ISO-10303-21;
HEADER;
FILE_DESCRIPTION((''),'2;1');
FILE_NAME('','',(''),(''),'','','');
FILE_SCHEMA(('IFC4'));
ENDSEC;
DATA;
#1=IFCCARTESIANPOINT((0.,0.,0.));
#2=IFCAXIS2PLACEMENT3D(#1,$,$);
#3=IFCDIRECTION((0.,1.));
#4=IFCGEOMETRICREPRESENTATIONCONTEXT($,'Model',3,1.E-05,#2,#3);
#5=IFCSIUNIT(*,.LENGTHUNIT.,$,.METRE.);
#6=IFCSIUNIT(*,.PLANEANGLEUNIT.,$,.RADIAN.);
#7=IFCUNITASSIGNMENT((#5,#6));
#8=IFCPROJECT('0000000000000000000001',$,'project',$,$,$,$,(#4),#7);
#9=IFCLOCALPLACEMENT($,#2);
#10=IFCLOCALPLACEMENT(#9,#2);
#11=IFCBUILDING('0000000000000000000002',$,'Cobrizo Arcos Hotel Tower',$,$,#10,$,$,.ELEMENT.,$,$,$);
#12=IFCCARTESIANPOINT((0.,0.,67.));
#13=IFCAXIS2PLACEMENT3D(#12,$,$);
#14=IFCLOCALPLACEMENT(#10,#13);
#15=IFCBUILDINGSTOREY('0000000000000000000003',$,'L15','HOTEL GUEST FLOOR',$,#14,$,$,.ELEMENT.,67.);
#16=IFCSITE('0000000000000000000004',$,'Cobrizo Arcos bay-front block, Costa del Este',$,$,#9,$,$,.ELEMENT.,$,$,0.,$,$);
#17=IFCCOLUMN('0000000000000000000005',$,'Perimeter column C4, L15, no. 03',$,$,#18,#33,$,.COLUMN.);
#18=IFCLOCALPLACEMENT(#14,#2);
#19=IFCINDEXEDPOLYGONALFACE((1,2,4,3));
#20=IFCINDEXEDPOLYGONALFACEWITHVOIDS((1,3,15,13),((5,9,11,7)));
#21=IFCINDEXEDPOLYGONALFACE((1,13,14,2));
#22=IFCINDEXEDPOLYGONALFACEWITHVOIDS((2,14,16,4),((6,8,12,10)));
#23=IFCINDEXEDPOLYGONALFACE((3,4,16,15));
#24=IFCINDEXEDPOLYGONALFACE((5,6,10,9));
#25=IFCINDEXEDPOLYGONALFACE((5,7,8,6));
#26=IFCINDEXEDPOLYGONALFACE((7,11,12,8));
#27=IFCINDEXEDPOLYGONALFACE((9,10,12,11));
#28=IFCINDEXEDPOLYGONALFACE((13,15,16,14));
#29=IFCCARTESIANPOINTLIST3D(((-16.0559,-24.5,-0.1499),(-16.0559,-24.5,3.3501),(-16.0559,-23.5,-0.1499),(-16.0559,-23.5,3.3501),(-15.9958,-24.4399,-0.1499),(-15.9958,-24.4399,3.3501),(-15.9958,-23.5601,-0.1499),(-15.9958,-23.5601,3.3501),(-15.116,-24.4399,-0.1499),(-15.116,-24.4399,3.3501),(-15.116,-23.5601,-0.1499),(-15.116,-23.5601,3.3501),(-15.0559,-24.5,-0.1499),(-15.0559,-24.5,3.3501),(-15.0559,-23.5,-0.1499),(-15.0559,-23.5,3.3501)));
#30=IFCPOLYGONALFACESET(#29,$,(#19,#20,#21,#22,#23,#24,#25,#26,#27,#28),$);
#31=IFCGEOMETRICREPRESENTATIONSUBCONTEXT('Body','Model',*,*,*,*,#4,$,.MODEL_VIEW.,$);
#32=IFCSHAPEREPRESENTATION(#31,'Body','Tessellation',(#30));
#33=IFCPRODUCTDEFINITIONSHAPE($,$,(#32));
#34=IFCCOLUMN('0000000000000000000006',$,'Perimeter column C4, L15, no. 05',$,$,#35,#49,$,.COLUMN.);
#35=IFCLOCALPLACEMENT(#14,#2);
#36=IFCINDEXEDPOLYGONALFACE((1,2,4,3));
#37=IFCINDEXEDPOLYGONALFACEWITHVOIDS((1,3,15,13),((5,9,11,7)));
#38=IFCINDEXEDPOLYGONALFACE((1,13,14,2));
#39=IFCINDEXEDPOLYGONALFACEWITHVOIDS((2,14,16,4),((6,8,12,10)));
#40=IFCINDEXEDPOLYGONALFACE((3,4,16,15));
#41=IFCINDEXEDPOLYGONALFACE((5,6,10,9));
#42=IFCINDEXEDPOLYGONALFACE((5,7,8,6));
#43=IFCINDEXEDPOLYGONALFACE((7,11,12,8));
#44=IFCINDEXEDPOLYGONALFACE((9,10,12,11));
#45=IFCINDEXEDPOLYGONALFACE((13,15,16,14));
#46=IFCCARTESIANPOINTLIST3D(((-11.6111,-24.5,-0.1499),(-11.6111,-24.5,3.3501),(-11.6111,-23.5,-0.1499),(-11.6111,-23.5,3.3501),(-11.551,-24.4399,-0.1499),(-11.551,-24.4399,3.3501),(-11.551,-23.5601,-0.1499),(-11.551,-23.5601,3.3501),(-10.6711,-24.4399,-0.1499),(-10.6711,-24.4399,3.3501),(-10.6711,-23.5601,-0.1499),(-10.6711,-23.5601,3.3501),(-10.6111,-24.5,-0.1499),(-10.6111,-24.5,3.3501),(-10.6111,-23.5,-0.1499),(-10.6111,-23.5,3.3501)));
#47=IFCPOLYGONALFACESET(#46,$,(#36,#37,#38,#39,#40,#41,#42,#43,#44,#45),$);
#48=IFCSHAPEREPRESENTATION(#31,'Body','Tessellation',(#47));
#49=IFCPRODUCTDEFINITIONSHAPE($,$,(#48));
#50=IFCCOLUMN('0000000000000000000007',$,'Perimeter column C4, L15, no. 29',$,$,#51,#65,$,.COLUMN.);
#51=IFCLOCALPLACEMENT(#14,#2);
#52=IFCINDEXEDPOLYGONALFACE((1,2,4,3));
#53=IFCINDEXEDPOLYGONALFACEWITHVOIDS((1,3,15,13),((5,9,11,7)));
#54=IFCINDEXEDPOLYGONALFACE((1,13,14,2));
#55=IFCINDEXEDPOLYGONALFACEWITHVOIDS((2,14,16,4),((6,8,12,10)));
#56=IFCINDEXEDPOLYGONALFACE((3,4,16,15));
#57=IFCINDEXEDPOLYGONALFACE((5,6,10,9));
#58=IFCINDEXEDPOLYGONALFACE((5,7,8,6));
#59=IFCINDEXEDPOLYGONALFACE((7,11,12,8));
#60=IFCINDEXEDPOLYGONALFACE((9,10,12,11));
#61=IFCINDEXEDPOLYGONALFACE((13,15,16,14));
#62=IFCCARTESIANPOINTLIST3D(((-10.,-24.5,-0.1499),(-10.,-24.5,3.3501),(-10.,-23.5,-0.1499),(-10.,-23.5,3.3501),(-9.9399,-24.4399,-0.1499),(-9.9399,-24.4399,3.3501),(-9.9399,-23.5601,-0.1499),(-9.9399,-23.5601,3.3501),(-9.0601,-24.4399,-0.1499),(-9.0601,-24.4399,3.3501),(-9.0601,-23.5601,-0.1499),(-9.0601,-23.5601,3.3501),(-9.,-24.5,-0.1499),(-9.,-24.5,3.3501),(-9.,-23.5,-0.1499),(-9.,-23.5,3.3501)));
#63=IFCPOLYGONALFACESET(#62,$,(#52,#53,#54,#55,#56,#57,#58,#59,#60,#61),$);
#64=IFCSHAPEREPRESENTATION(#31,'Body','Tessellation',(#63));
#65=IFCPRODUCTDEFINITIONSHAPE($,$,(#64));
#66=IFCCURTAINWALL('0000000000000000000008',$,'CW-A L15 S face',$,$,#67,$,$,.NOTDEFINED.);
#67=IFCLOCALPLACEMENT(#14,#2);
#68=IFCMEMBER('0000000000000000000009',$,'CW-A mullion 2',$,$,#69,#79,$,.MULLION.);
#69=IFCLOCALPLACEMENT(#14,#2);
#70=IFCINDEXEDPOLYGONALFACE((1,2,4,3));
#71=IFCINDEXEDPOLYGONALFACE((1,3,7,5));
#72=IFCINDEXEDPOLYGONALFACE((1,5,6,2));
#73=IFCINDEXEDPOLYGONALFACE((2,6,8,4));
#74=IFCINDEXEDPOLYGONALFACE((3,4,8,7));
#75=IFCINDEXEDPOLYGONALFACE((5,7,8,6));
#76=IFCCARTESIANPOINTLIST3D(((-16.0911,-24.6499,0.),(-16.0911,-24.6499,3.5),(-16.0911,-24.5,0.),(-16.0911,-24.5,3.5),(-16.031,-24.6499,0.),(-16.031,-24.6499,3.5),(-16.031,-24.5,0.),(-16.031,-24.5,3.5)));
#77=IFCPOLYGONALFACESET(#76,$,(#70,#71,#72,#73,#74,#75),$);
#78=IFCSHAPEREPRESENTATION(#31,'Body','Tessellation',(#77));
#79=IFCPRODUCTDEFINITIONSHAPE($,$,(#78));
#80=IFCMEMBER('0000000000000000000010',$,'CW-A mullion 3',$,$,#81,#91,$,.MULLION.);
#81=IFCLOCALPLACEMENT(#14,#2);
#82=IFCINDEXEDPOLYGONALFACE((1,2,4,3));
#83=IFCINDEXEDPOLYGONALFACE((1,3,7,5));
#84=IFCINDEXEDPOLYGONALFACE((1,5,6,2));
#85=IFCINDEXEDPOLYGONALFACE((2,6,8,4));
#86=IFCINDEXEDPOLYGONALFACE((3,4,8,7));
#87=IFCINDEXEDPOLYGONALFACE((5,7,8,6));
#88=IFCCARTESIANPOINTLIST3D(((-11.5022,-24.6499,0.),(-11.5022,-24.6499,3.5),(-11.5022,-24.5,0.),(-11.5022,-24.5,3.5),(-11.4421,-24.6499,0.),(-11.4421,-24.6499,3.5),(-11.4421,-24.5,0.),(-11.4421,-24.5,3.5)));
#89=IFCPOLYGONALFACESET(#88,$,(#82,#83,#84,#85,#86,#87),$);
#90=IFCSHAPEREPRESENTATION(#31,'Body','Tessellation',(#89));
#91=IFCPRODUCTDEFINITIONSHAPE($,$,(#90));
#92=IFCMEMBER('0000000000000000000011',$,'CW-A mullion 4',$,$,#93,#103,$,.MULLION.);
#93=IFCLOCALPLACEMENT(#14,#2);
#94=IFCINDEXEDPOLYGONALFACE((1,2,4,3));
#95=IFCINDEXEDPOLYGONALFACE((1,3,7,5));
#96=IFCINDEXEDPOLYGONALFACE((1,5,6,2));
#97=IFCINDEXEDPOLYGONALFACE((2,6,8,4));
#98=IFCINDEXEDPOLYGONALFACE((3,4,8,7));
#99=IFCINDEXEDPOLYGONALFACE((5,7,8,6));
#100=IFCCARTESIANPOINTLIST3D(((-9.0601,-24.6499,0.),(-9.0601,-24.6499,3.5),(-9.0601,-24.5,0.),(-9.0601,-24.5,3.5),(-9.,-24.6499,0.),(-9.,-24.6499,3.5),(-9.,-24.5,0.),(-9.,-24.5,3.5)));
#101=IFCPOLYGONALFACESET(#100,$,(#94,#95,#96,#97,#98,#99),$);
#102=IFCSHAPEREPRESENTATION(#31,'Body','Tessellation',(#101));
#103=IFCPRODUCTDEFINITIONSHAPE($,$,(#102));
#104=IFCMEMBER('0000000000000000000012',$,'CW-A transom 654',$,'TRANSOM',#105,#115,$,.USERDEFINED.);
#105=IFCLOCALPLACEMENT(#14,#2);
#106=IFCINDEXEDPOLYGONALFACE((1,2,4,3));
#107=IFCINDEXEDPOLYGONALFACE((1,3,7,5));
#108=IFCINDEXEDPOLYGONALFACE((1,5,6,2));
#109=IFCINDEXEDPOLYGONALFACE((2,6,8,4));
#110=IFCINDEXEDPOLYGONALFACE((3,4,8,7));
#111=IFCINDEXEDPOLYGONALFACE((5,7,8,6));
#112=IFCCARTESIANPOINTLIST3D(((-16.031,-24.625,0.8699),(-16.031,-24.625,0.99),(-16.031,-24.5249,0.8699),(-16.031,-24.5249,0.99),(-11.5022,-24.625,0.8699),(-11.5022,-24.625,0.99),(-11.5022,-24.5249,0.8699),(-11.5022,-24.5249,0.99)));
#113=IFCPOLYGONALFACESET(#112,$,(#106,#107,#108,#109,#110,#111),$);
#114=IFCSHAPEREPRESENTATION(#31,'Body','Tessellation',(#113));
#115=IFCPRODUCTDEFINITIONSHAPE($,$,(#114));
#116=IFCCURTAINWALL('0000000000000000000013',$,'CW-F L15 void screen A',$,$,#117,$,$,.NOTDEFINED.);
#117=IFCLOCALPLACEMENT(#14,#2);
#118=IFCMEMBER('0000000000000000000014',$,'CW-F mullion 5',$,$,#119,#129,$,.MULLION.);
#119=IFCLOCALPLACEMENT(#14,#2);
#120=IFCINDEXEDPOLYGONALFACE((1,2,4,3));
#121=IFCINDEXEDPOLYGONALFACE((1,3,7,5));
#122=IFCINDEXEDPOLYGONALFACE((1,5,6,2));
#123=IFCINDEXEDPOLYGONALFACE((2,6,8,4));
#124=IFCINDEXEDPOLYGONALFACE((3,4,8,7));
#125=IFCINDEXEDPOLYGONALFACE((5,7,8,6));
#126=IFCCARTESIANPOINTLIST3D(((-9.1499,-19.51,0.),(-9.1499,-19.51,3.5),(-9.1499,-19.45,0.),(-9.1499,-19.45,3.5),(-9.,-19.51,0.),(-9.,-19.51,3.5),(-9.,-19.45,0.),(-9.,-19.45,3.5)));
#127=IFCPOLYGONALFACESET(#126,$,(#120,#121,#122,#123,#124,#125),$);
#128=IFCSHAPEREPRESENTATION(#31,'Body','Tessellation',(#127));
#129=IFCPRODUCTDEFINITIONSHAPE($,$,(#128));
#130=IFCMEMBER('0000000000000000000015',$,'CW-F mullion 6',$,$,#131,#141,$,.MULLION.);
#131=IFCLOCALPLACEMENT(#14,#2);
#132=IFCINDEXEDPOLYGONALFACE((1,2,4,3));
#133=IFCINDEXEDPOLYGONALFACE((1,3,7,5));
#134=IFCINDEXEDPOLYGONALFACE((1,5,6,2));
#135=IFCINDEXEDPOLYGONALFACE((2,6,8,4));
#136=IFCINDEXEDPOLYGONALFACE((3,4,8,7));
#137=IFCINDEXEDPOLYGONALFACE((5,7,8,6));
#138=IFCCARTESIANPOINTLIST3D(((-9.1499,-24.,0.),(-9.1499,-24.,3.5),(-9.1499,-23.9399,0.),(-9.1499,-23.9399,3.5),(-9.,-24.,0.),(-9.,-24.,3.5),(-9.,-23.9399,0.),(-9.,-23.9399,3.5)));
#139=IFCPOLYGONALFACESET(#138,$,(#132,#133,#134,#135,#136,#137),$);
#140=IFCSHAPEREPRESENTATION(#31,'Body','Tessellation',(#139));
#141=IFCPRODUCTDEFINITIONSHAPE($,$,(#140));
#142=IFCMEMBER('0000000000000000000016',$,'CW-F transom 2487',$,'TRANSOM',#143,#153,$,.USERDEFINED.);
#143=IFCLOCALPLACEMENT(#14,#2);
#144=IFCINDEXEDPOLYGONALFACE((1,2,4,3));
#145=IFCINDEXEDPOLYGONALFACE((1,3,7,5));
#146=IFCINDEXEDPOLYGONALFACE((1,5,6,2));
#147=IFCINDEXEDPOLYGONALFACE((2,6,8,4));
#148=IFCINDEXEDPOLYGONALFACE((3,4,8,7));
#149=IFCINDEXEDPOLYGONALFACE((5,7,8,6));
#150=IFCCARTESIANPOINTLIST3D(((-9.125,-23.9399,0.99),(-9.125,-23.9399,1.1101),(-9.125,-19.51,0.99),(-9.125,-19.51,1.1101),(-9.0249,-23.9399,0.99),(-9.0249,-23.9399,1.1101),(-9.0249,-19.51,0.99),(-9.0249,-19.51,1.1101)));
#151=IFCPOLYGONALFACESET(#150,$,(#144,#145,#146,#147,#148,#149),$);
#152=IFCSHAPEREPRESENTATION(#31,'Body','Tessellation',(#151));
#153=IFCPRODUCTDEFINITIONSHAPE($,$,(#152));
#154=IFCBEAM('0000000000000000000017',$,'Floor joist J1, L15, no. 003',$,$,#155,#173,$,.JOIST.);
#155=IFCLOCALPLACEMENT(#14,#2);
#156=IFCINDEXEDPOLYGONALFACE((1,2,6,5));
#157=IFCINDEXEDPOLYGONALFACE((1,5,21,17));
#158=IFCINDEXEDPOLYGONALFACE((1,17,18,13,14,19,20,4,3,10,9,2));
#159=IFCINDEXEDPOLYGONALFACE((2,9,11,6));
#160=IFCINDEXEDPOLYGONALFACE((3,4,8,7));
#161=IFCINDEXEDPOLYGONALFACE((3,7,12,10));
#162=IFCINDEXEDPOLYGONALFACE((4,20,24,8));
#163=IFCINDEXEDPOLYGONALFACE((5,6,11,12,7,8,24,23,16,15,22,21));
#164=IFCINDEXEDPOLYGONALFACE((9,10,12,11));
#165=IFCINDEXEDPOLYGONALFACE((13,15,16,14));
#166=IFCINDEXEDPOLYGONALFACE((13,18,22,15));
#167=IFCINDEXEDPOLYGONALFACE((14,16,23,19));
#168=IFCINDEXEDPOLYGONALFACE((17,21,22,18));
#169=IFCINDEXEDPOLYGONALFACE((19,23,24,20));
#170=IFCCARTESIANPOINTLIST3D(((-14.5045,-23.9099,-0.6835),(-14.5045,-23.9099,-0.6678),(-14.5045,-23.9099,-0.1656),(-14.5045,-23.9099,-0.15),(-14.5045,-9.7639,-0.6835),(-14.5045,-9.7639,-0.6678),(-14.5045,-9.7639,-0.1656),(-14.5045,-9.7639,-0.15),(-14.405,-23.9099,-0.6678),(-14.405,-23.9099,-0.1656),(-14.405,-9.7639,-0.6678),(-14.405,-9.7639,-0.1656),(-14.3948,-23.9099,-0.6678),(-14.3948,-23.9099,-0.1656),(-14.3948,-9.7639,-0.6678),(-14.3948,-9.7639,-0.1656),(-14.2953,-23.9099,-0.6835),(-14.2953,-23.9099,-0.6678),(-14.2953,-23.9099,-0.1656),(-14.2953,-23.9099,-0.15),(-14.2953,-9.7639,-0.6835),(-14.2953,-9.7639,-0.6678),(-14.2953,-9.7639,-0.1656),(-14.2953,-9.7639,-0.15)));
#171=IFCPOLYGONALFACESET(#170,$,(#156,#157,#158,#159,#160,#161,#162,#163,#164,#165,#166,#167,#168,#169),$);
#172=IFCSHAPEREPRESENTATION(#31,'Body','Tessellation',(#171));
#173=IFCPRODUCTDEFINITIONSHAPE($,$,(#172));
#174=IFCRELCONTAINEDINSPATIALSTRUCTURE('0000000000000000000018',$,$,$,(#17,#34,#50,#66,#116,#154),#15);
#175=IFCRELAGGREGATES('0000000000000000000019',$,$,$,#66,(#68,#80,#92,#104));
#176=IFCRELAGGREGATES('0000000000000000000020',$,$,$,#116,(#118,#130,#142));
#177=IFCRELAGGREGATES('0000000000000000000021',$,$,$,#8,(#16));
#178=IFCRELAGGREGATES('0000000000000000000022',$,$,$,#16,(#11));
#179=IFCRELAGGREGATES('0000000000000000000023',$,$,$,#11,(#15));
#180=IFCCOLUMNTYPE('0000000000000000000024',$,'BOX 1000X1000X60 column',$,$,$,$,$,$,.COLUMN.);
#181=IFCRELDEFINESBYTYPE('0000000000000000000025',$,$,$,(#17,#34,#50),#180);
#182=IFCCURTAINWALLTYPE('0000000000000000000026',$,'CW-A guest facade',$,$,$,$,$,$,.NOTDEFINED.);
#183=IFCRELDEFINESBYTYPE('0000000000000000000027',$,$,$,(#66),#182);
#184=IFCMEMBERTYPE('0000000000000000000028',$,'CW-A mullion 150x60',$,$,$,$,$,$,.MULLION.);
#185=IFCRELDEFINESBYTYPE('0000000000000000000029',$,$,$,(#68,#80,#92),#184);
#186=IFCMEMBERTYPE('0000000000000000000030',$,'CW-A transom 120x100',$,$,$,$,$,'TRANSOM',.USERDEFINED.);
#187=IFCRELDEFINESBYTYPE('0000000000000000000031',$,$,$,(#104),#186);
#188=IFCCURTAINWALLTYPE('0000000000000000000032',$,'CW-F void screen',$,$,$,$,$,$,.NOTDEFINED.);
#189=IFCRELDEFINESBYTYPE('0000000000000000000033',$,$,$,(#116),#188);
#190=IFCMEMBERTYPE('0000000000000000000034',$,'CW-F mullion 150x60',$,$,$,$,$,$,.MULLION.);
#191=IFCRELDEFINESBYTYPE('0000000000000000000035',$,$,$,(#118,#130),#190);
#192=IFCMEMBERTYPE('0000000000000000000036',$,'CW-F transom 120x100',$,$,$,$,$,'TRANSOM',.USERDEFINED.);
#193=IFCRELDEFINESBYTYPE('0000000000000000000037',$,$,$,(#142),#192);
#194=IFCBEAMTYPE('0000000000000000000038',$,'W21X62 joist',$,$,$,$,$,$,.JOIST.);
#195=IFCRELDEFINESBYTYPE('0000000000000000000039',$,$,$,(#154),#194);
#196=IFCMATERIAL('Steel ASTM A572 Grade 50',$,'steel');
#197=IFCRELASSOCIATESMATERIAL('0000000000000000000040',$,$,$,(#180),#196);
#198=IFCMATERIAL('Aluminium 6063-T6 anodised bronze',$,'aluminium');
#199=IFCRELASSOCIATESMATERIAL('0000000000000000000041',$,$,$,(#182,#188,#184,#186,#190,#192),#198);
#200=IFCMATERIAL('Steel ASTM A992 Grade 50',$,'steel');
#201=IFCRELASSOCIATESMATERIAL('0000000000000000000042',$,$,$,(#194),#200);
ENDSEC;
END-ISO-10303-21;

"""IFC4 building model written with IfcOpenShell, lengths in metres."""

from ifc_helpers import new_model, si_unit, direction, frame, origin, origin_2d, place, context, subcontext, project, spatial, rectangle, hollow_rectangle, i_section, extrude, material, material_profile, profile_set, type_object, element, aggregate, save


model = new_model("IFC4")

# Units and contexts
model_context = context("Model", 3, precision=1e-05, world=origin(), true_north=direction((0.0, 1.0)))
body_context = subcontext(model_context, "Body", "Model", "MODEL_VIEW")
ifc_project = project(units=[si_unit("LENGTHUNIT", "METRE"), si_unit("PLANEANGLEUNIT", "RADIAN")], contexts=[model_context])

# Site, building, storey
site_placement = place(None, origin())
site = spatial("IfcSite", under=ifc_project, at=site_placement, Name="Cobrizo Arcos bay-front block, Costa del Este", CompositionType="ELEMENT", RefElevation=0.0)
building_placement = place(site_placement, origin())
building = spatial("IfcBuilding", under=site, at=building_placement, Name="Cobrizo Arcos Hotel Tower", CompositionType="ELEMENT")
storey_placement = place(building_placement, frame((0.0, 0.0, 67.0)))
storey = spatial("IfcBuildingStorey", under=building, at=storey_placement, Name="L15", Description="HOTEL GUEST FLOOR", CompositionType="ELEMENT", Elevation=67.0)

# Columns
ifc_material_1 = material(Name="Steel ASTM A572 Grade 50", Category="steel")
ifc_material_profile_1 = material_profile(ifc_material_1, hollow_rectangle(XDim=1.0, YDim=1.0, WallThickness=0.0601, at=origin_2d()), Name="BOX 1000X1000X60")
ifc_profile_set_1 = profile_set([ifc_material_profile_1], Name="Steel ASTM A572 Grade 50")
column_type = type_object("IfcColumnType", Name="BOX 1000X1000X60 column", PredefinedType="COLUMN", material=ifc_profile_set_1)
for number, where, z_axis, x_axis, name in (
    (1, (-15.5559, -24.0, -0.1499), (0.0, 0.0, 1.0), (1.0, 0.0, 0.0), "Perimeter column C4, L15, no. 03"),
    (2, (-11.1111, -24.0, -0.1499), (0.0, 0.0, 1.0), (1.0, 0.0, 0.0), "Perimeter column C4, L15, no. 05"),
    (3, (-9.5, -24.0, -0.1499), (0.0, 0.0, 1.0), (1.0, 0.0, 0.0), "Perimeter column C4, L15, no. 29"),
):
    element("IfcColumn", number, at=place(storey_placement, frame(where, z_axis=z_axis, x_axis=x_axis)), inside=storey, type_object=column_type, Name=name, PredefinedType="COLUMN", context=body_context, shape_type="SweptSolid", body=[
        extrude(hollow_rectangle(XDim=1.0, YDim=1.0, WallThickness=0.0601, at=origin_2d()), origin(), (0.0, 0.0, 1.0), 3.5),
    ])

# Curtain walls, members
ifc_material_2 = material(Name="Aluminium 6063-T6 anodised bronze", Category="aluminium")
curtain_wall_type_1 = type_object("IfcCurtainWallType", Name="CW-A guest facade", PredefinedType="NOTDEFINED", material=ifc_material_2)
curtain_wall_1_placement = place(storey_placement, origin())
curtain_wall_1 = element("IfcCurtainWall", 4, at=curtain_wall_1_placement, inside=storey, type_object=curtain_wall_type_1, Name="CW-A L15 S face", PredefinedType="NOTDEFINED")
ifc_material_profile_2 = material_profile(ifc_material_2, rectangle(XDim=0.1499, YDim=0.0601, at=origin_2d()), Name="CW-A mullion 150x60")
ifc_profile_set_2 = profile_set([ifc_material_profile_2], Name="Aluminium 6063-T6 anodised bronze")
member_type_1 = type_object("IfcMemberType", Name="CW-A mullion 150x60", PredefinedType="MULLION", material=ifc_profile_set_2)
member_1_placement = place(storey_placement, frame((-16.061, -24.575, 0.0), z_axis=(0.0, 0.0, 1.0), x_axis=(0.0, -1.0, 0.0)))
member_1 = element("IfcMember", 5, at=member_1_placement, type_object=member_type_1, Name="CW-A mullion 2", PredefinedType="MULLION", context=body_context, shape_type="SweptSolid", body=[
    extrude(rectangle(XDim=0.1499, YDim=0.0601, at=origin_2d()), origin(), (0.0, 0.0, 1.0), 3.5),
])
member_2_placement = place(storey_placement, frame((-11.4722, -24.575, 0.0), z_axis=(0.0, 0.0, 1.0), x_axis=(0.0, -1.0, 0.0)))
member_2 = element("IfcMember", 6, at=member_2_placement, type_object=member_type_1, Name="CW-A mullion 3", PredefinedType="MULLION", context=body_context, shape_type="SweptSolid", body=[
    extrude(rectangle(XDim=0.1499, YDim=0.0601, at=origin_2d()), origin(), (0.0, 0.0, 1.0), 3.5),
])
member_3_placement = place(storey_placement, frame((-9.03, -24.575, 0.0), z_axis=(0.0, 0.0, 1.0), x_axis=(0.0, -1.0, 0.0)))
member_3 = element("IfcMember", 7, at=member_3_placement, type_object=member_type_1, Name="CW-A mullion 4", PredefinedType="MULLION", context=body_context, shape_type="SweptSolid", body=[
    extrude(rectangle(XDim=0.1499, YDim=0.0601, at=origin_2d()), origin(), (0.0, 0.0, 1.0), 3.5),
])
ifc_material_profile_3 = material_profile(ifc_material_2, rectangle(XDim=0.1001, YDim=0.1201, at=origin_2d()), Name="CW-A transom 120x100")
ifc_profile_set_3 = profile_set([ifc_material_profile_3], Name="Aluminium 6063-T6 anodised bronze")
member_type_2 = type_object("IfcMemberType", Name="CW-A transom 120x100", ElementType="TRANSOM", PredefinedType="USERDEFINED", material=ifc_profile_set_3)
member_4_placement = place(storey_placement, frame((-16.031, -24.575, 0.9299), z_axis=(1.0, 0.0, 0.0), x_axis=(0.0, 1.0, 0.0)))
member_4 = element("IfcMember", 8, at=member_4_placement, type_object=member_type_2, Name="CW-A transom 654", ObjectType="TRANSOM", PredefinedType="USERDEFINED", context=body_context, shape_type="SweptSolid", body=[
    extrude(rectangle(XDim=0.1001, YDim=0.1201, at=origin_2d()), origin(), (0.0, 0.0, 1.0), 4.5288),
])
curtain_wall_type_2 = type_object("IfcCurtainWallType", Name="CW-F void screen", PredefinedType="NOTDEFINED", material=ifc_material_2)
curtain_wall_2_placement = place(storey_placement, origin())
curtain_wall_2 = element("IfcCurtainWall", 9, at=curtain_wall_2_placement, inside=storey, type_object=curtain_wall_type_2, Name="CW-F L15 void screen A", PredefinedType="NOTDEFINED")
ifc_material_profile_4 = material_profile(ifc_material_2, rectangle(XDim=0.1499, YDim=0.0601, at=origin_2d()), Name="CW-F mullion 150x60")
ifc_profile_set_4 = profile_set([ifc_material_profile_4], Name="Aluminium 6063-T6 anodised bronze")
member_type_3 = type_object("IfcMemberType", Name="CW-F mullion 150x60", PredefinedType="MULLION", material=ifc_profile_set_4)
member_5_placement = place(storey_placement, frame((-9.075, -19.48, 0.0), z_axis=(0.0, 0.0, 1.0), x_axis=(-1.0, 0.0, 0.0)))
member_5 = element("IfcMember", 10, at=member_5_placement, type_object=member_type_3, Name="CW-F mullion 5", PredefinedType="MULLION", context=body_context, shape_type="SweptSolid", body=[
    extrude(rectangle(XDim=0.1499, YDim=0.0601, at=origin_2d()), origin(), (0.0, 0.0, 1.0), 3.5),
])
member_6_placement = place(storey_placement, frame((-9.075, -23.97, 0.0), z_axis=(0.0, 0.0, 1.0), x_axis=(-1.0, 0.0, 0.0)))
member_6 = element("IfcMember", 11, at=member_6_placement, type_object=member_type_3, Name="CW-F mullion 6", PredefinedType="MULLION", context=body_context, shape_type="SweptSolid", body=[
    extrude(rectangle(XDim=0.1499, YDim=0.0601, at=origin_2d()), origin(), (0.0, 0.0, 1.0), 3.5),
])
ifc_material_profile_5 = material_profile(ifc_material_2, rectangle(XDim=0.1001, YDim=0.1201, at=origin_2d()), Name="CW-F transom 120x100")
ifc_profile_set_5 = profile_set([ifc_material_profile_5], Name="Aluminium 6063-T6 anodised bronze")
member_type_4 = type_object("IfcMemberType", Name="CW-F transom 120x100", ElementType="TRANSOM", PredefinedType="USERDEFINED", material=ifc_profile_set_5)
member_7_placement = place(storey_placement, frame((-9.075, -19.51, 1.05), z_axis=(0.0, -1.0, 0.0), x_axis=(1.0, 0.0, 0.0)))
member_7 = element("IfcMember", 12, at=member_7_placement, type_object=member_type_4, Name="CW-F transom 2487", ObjectType="TRANSOM", PredefinedType="USERDEFINED", context=body_context, shape_type="SweptSolid", body=[
    extrude(rectangle(XDim=0.1001, YDim=0.1201, at=origin_2d()), origin(), (0.0, 0.0, 1.0), 4.4299),
])

# Beam
ifc_material_3 = material(Name="Steel ASTM A992 Grade 50", Category="steel")
ifc_material_profile_6 = material_profile(ifc_material_3, i_section(OverallWidth=0.2092, OverallDepth=0.5334, WebThickness=0.0103, FlangeThickness=0.0156, at=origin_2d()), Name="W21X62")
ifc_profile_set_6 = profile_set([ifc_material_profile_6], Name="Steel ASTM A992 Grade 50")
beam_type_1 = type_object("IfcBeamType", Name="W21X62 joist", PredefinedType="JOIST", material=ifc_profile_set_6)
beam_1_placement = place(storey_placement, frame((-14.3999, -23.9099, -0.4167), z_axis=(0.0, 1.0, 0.0), x_axis=(-1.0, 0.0, 0.0)))
element("IfcBeam", 13, at=beam_1_placement, inside=storey, type_object=beam_type_1, Name="Floor joist J1, L15, no. 003", PredefinedType="JOIST", context=body_context, shape_type="SweptSolid", body=[
    extrude(i_section(OverallWidth=0.2092, OverallDepth=0.5334, WebThickness=0.0103, FlangeThickness=0.0156, at=origin_2d()), origin(), (0.0, 0.0, 1.0), 14.146),
])

aggregate(curtain_wall_1, [member_1, member_2, member_3, member_4])
aggregate(curtain_wall_2, [member_5, member_6, member_7])

save(model, "model.ifc")
